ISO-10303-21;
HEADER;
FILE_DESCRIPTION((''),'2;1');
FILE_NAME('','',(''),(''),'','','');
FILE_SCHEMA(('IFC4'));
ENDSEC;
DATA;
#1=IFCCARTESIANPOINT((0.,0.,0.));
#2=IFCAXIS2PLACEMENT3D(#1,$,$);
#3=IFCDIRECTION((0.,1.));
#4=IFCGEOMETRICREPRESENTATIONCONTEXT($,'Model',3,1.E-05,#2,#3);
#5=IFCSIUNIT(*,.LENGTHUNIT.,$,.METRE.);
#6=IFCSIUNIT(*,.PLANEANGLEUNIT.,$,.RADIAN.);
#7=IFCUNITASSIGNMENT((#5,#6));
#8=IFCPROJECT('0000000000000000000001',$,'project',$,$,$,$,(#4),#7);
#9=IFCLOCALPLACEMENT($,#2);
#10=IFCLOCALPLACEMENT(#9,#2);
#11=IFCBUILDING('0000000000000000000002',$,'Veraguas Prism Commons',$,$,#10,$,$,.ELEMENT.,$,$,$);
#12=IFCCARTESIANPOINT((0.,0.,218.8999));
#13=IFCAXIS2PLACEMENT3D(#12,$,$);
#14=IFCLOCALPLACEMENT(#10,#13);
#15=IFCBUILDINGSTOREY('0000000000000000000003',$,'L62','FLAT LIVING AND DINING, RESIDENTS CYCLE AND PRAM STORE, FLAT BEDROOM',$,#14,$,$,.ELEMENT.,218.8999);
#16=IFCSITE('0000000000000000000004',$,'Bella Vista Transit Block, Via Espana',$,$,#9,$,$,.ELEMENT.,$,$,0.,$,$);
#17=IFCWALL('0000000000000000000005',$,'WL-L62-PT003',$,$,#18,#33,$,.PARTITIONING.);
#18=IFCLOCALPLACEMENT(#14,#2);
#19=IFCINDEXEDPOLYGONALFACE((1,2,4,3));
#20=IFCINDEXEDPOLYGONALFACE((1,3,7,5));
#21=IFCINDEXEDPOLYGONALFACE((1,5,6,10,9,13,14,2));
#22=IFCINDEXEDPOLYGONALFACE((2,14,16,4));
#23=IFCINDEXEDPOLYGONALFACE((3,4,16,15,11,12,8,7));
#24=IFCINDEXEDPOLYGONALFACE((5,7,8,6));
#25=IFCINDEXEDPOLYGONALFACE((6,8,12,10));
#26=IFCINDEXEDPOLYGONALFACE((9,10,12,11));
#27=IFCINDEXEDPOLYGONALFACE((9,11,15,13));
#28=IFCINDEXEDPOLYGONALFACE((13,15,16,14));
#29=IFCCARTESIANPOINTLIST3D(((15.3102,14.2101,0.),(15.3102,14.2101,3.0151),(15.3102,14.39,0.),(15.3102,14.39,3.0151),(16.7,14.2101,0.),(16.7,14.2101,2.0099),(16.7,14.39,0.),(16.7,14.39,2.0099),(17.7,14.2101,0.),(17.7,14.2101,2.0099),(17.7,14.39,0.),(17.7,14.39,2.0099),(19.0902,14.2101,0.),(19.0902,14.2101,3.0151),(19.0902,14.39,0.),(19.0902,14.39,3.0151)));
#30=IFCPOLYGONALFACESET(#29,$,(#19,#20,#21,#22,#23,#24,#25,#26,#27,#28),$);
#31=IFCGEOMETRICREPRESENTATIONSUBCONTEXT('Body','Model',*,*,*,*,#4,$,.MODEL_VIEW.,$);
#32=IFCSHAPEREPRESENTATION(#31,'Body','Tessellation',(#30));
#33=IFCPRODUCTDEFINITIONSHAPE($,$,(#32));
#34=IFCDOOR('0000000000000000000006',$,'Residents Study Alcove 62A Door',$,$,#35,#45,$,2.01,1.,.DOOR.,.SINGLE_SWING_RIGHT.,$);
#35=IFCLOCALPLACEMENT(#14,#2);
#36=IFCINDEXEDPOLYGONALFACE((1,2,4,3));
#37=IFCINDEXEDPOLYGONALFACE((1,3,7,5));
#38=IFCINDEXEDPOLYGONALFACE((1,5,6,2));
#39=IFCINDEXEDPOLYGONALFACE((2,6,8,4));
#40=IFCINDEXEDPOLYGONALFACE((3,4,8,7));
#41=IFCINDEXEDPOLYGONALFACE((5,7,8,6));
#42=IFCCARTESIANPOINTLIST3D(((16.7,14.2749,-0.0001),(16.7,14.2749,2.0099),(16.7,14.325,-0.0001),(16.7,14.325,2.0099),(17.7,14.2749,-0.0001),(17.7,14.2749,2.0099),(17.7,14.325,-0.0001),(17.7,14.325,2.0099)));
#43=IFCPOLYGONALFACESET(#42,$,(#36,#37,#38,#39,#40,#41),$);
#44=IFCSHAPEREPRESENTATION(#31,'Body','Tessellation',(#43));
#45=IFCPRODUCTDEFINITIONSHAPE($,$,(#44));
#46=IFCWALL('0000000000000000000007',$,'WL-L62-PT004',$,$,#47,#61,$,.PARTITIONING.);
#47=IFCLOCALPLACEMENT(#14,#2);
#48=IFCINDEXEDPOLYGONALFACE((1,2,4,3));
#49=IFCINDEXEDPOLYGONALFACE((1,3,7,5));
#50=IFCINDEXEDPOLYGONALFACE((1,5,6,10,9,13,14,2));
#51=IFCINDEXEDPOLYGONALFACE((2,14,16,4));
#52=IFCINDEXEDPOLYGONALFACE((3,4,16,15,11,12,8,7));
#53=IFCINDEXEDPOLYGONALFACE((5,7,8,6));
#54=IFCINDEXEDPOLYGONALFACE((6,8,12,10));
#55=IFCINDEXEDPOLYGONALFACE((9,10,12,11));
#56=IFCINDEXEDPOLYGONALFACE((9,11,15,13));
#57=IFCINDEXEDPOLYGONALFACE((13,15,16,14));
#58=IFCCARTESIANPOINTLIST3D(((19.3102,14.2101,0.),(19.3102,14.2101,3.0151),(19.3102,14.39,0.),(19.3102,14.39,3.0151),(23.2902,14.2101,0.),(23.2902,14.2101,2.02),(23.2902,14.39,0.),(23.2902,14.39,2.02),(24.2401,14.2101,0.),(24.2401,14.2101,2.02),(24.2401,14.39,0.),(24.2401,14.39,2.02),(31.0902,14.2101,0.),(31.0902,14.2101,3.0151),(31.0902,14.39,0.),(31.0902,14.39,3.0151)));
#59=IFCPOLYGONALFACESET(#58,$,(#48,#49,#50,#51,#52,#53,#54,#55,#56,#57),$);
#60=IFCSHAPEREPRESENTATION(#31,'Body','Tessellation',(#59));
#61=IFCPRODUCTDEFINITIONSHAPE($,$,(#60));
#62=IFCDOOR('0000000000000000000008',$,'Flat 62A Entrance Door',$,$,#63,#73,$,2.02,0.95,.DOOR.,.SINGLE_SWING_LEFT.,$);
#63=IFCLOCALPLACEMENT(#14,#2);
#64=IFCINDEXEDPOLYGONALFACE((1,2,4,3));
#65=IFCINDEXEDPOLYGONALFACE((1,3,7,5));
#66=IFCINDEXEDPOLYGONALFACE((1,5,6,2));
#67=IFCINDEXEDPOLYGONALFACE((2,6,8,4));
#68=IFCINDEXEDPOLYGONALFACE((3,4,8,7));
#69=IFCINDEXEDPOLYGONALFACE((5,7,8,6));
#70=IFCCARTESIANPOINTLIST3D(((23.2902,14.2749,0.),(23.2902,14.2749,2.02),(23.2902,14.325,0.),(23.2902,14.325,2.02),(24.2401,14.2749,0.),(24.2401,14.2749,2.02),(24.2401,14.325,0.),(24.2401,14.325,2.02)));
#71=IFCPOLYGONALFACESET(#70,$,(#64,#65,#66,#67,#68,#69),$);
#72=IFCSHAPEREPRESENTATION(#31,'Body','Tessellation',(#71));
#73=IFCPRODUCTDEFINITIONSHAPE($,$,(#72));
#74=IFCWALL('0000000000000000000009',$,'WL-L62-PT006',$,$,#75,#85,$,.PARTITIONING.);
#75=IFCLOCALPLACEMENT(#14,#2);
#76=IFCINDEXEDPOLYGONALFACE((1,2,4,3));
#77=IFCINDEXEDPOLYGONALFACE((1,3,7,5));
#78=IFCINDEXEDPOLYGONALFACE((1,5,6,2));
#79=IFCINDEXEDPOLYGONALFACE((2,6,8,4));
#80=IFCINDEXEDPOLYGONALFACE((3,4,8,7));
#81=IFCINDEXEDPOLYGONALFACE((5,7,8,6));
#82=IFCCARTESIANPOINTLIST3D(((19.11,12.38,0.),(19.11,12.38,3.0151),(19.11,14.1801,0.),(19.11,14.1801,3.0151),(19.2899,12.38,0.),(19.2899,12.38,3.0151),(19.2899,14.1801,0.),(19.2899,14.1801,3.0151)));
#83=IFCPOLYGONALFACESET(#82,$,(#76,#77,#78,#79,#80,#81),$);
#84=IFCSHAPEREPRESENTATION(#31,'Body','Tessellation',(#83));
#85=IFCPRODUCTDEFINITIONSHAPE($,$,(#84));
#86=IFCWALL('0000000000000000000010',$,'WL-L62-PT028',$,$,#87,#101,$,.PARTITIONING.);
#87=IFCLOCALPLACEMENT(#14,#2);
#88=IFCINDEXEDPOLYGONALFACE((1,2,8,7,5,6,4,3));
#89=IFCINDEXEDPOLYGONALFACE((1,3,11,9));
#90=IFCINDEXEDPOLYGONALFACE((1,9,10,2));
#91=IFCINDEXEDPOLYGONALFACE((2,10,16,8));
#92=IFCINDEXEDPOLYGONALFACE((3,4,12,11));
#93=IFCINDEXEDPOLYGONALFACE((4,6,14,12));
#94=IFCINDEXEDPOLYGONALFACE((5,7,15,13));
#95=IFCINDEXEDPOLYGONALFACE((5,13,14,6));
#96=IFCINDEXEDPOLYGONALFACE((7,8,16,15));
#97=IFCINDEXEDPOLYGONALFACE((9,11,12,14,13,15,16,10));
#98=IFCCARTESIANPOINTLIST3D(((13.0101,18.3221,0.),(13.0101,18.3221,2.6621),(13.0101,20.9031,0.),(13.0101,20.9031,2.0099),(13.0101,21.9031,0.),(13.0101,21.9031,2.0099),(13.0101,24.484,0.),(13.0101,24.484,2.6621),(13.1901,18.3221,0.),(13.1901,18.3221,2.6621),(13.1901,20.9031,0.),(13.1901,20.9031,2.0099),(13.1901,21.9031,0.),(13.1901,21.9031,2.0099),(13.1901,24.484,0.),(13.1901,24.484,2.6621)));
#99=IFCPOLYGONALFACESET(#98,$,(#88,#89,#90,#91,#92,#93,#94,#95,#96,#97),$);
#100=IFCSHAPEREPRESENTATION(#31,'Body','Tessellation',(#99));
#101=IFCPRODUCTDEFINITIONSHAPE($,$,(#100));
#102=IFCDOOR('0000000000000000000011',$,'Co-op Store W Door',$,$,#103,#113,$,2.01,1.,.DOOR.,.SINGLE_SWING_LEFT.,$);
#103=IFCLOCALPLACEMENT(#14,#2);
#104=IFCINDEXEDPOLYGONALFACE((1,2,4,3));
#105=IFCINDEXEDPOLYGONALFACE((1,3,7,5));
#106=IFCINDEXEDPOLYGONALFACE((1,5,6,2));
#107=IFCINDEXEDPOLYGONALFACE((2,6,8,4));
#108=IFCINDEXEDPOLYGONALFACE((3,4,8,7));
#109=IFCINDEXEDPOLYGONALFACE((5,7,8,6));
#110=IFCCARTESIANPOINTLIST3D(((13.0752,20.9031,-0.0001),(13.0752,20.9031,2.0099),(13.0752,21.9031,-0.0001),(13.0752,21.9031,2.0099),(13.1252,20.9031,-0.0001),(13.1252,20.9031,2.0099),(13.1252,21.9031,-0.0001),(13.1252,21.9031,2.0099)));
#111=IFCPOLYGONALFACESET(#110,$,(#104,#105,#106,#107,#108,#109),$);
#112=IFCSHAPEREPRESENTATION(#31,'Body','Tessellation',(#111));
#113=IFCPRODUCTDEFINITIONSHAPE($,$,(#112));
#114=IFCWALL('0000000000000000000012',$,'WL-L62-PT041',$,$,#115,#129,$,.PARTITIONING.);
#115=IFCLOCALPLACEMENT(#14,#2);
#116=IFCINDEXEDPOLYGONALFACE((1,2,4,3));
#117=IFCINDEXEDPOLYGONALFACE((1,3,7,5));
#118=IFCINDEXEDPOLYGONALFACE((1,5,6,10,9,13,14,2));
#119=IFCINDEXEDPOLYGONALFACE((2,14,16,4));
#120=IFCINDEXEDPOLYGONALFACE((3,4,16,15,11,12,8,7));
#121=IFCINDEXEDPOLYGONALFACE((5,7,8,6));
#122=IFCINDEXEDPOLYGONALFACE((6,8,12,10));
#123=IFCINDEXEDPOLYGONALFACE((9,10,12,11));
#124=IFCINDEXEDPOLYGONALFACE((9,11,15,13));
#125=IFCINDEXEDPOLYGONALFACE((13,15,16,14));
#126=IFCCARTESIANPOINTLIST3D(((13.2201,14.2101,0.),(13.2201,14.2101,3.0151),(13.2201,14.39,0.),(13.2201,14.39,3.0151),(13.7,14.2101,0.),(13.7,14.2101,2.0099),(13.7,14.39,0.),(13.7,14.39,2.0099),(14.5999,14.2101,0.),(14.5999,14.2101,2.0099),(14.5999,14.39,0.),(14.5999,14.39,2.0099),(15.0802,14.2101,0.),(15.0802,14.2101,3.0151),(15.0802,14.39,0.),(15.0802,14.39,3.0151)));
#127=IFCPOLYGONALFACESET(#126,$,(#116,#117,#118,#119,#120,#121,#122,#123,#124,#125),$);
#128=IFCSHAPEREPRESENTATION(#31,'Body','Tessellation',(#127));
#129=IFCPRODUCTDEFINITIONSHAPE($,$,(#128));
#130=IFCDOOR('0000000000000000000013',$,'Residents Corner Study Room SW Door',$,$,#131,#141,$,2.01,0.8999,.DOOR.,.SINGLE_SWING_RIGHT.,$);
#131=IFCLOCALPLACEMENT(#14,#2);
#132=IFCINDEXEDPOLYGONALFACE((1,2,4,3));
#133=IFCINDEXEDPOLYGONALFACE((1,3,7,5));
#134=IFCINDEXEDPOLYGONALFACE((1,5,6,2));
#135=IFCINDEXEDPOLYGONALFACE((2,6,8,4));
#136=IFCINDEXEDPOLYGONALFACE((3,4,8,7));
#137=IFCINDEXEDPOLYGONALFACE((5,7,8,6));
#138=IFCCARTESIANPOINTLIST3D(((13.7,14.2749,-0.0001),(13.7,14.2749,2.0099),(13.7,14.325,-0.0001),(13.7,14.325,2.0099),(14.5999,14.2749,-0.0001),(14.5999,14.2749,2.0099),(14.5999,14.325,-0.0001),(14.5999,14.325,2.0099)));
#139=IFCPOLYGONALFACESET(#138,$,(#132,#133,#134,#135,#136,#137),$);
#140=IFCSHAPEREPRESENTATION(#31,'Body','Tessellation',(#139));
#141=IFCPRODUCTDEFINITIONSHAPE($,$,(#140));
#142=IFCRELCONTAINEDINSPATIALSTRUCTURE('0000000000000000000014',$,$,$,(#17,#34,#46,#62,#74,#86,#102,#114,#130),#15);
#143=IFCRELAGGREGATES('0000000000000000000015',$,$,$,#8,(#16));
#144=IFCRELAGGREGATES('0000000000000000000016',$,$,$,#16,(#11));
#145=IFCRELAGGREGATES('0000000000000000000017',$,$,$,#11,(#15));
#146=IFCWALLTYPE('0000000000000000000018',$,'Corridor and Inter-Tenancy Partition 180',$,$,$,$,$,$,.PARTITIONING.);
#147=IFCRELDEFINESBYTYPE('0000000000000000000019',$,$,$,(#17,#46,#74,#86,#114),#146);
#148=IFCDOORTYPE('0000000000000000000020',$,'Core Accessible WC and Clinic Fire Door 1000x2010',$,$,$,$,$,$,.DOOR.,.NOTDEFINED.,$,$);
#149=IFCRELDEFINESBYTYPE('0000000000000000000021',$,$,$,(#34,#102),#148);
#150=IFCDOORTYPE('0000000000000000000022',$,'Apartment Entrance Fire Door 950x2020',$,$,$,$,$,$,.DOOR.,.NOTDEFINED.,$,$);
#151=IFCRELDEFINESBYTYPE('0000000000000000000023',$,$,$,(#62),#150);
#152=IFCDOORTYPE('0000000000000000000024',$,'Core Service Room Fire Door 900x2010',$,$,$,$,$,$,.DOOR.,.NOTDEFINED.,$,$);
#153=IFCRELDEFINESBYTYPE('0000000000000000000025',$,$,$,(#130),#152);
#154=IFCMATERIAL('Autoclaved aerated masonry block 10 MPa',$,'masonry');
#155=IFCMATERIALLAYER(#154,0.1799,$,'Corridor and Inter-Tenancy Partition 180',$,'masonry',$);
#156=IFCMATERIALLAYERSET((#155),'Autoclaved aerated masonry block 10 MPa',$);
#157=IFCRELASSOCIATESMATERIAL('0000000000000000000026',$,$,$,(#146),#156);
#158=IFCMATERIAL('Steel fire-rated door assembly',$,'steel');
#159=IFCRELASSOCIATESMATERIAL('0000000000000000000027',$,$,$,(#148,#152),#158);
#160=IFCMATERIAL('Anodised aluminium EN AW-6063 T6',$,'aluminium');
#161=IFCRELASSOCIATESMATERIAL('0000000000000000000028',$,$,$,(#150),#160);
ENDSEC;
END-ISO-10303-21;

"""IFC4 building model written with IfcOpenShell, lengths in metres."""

from ifc_helpers import new_model, si_unit, direction, frame, frame_2d, origin, place, context, subcontext, project, spatial, rectangle, extrude, source, transform, mapped, material, layer, layer_set, type_object, element, fill, save


model = new_model("IFC4")

# Units and contexts
model_context = context("Model", 3, precision=1e-05, world=origin(), true_north=direction((0.0, 1.0)))
body_context = subcontext(model_context, "Body", "Model", "MODEL_VIEW")
ifc_project = project(units=[si_unit("LENGTHUNIT", "METRE"), si_unit("PLANEANGLEUNIT", "RADIAN")], contexts=[model_context])

# Site, building, storey
site_placement = place(None, origin())
site = spatial("IfcSite", under=ifc_project, at=site_placement, Name="Bella Vista Transit Block, Via Espana", CompositionType="ELEMENT", RefElevation=0.0)
building_placement = place(site_placement, origin())
building = spatial("IfcBuilding", under=site, at=building_placement, Name="Veraguas Prism Commons", CompositionType="ELEMENT")
storey_placement = place(building_placement, frame((0.0, 0.0, 218.8999)))
storey = spatial("IfcBuildingStorey", under=building, at=storey_placement, Name="L62", Description="FLAT LIVING AND DINING, RESIDENTS CYCLE AND PRAM STORE, FLAT BEDROOM", CompositionType="ELEMENT", Elevation=218.8999)

# Shared definitions
ifc_material_1 = material(Name="Steel fire-rated door assembly", Category="steel")

# Shared definitions
ifc_material_2 = material(Name="Autoclaved aerated masonry block 10 MPa", Category="masonry")
ifc_layer_1 = layer(ifc_material_2, 0.1799, Name="Corridor and Inter-Tenancy Partition 180", Category="masonry")
ifc_layer_set_1 = layer_set([ifc_layer_1], Name="Autoclaved aerated masonry block 10 MPa")
wall_type_1 = type_object("IfcWallType", Name="Corridor and Inter-Tenancy Partition 180", PredefinedType="PARTITIONING", material=ifc_layer_set_1)

# Walls, openings, doors
wall_1_placement = place(storey_placement, frame((15.3101, 14.3, 0.0), z_axis=(0.0, 0.0, 1.0), x_axis=(1.0, 0.0, 0.0)))
wall_1 = element("IfcWall", 1, at=wall_1_placement, inside=storey, type_object=wall_type_1, Name="WL-L62-PT003", PredefinedType="PARTITIONING", context=body_context, shape_type="SweptSolid", body=[
    extrude(rectangle(XDim=3.78, YDim=0.1799, at=frame_2d((1.8901, 0.0))), origin(), (0.0, 0.0, 1.0), 3.0151),
])
opening_1_placement = place(wall_1_placement, frame((1.3899, 0.0, 0.0)))
opening_1 = element("IfcOpeningElement", 2, at=opening_1_placement, cuts=wall_1, PredefinedType="OPENING", context=body_context, shape_type="SweptSolid", body=[
    extrude(rectangle(XDim=1.0, YDim=2.01, at=frame_2d((0.5, 1.0049))), frame((0.0, 0.0999, 0.0), z_axis=(0.0, -1.0, 0.0), x_axis=(1.0, 0.0, 0.0)), (0.0, 0.0, 1.0), 0.2),
])
door_type_1 = type_object("IfcDoorType", Name="Core Accessible WC and Clinic Fire Door 1000x2010", OperationType="NOTDEFINED", PredefinedType="DOOR", material=ifc_material_1)
shared_shape_1 = source(origin(), body_context, "Body", "SweptSolid", [
    extrude(rectangle(XDim=1.0, YDim=2.01, at=frame_2d((0.5, 1.0049))), frame((0.0, 0.0249, 0.0), z_axis=(0.0, -1.0, 0.0), x_axis=(1.0, 0.0, 0.0)), (0.0, 0.0, 1.0), 0.05),
])
door_1_placement = place(opening_1_placement, origin())
door_1 = element("IfcDoor", 3, at=door_1_placement, inside=storey, type_object=door_type_1, Name="Residents Study Alcove 62A Door", OperationType="SINGLE_SWING_RIGHT", OverallHeight=2.01, OverallWidth=1.0, PredefinedType="DOOR", context=body_context, shape_type="MappedRepresentation", body=[
    mapped(shared_shape_1, transform((0.0, 0.0, 0.0), scale=1.0)),
])
fill(opening_1, door_1)
wall_2_placement = place(storey_placement, frame((19.3101, 14.3, 0.0), z_axis=(0.0, 0.0, 1.0), x_axis=(1.0, 0.0, 0.0)))
wall_2 = element("IfcWall", 4, at=wall_2_placement, inside=storey, type_object=wall_type_1, Name="WL-L62-PT004", PredefinedType="PARTITIONING", context=body_context, shape_type="SweptSolid", body=[
    extrude(rectangle(XDim=11.78, YDim=0.1799, at=frame_2d((5.8901, 0.0))), origin(), (0.0, 0.0, 1.0), 3.0151),
])
opening_2_placement = place(wall_2_placement, frame((3.98, 0.0, 0.0)))
opening_2 = element("IfcOpeningElement", 5, at=opening_2_placement, cuts=wall_2, PredefinedType="OPENING", context=body_context, shape_type="SweptSolid", body=[
    extrude(rectangle(XDim=0.95, YDim=2.02, at=frame_2d((0.4751, 1.01))), frame((0.0, 0.0999, 0.0), z_axis=(0.0, -1.0, 0.0), x_axis=(1.0, 0.0, 0.0)), (0.0, 0.0, 1.0), 0.2),
])
ifc_material_3 = material(Name="Anodised aluminium EN AW-6063 T6", Category="aluminium")
door_type_2 = type_object("IfcDoorType", Name="Apartment Entrance Fire Door 950x2020", OperationType="NOTDEFINED", PredefinedType="DOOR", material=ifc_material_3)
shared_shape_2 = source(origin(), body_context, "Body", "SweptSolid", [
    extrude(rectangle(XDim=0.95, YDim=2.02, at=frame_2d((0.4751, 1.01))), frame((0.0, 0.0249, 0.0), z_axis=(0.0, -1.0, 0.0), x_axis=(1.0, 0.0, 0.0)), (0.0, 0.0, 1.0), 0.05),
])
door_2_placement = place(opening_2_placement, origin())
door_2 = element("IfcDoor", 6, at=door_2_placement, inside=storey, type_object=door_type_2, Name="Flat 62A Entrance Door", OperationType="SINGLE_SWING_LEFT", OverallHeight=2.02, OverallWidth=0.95, PredefinedType="DOOR", context=body_context, shape_type="MappedRepresentation", body=[
    mapped(shared_shape_2, transform((0.0, 0.0, 0.0), scale=1.0)),
])
fill(opening_2, door_2)

# Wall
wall_3_placement = place(storey_placement, frame((19.2, 14.1799, 0.0), z_axis=(0.0, 0.0, 1.0), x_axis=(0.0, -1.0, 0.0)))
element("IfcWall", 7, at=wall_3_placement, inside=storey, type_object=wall_type_1, Name="WL-L62-PT006", PredefinedType="PARTITIONING", context=body_context, shape_type="SweptSolid", body=[
    extrude(rectangle(XDim=1.8, YDim=0.1799, at=frame_2d((0.8999, 0.0))), origin(), (0.0, 0.0, 1.0), 3.0151),
])

# Walls, openings, doors
wall_4_placement = place(storey_placement, frame((13.1001, 18.322, 0.0), z_axis=(0.0, 0.0, 1.0), x_axis=(0.0, 1.0, 0.0)))
wall_4 = element("IfcWall", 8, at=wall_4_placement, inside=storey, type_object=wall_type_1, Name="WL-L62-PT028", PredefinedType="PARTITIONING", context=body_context, shape_type="SweptSolid", body=[
    extrude(rectangle(XDim=6.1619, YDim=0.1799, at=frame_2d((3.0811, 0.0))), origin(), (0.0, 0.0, 1.0), 2.6621),
])
opening_3_placement = place(wall_4_placement, frame((2.5811, 0.0, 0.0)))
opening_3 = element("IfcOpeningElement", 9, at=opening_3_placement, cuts=wall_4, PredefinedType="OPENING", context=body_context, shape_type="SweptSolid", body=[
    extrude(rectangle(XDim=1.0, YDim=2.01, at=frame_2d((0.5, 1.0049))), frame((0.0, 0.0999, 0.0), z_axis=(0.0, -1.0, 0.0), x_axis=(1.0, 0.0, 0.0)), (0.0, 0.0, 1.0), 0.2),
])
door_3_placement = place(opening_3_placement, origin())
door_3 = element("IfcDoor", 10, at=door_3_placement, inside=storey, type_object=door_type_1, Name="Co-op Store W Door", OperationType="SINGLE_SWING_LEFT", OverallHeight=2.01, OverallWidth=1.0, PredefinedType="DOOR", context=body_context, shape_type="MappedRepresentation", body=[
    mapped(shared_shape_1, transform((0.0, 0.0, 0.0), scale=1.0)),
])
fill(opening_3, door_3)
wall_5_placement = place(storey_placement, frame((13.22, 14.3, 0.0), z_axis=(0.0, 0.0, 1.0), x_axis=(1.0, 0.0, 0.0)))
wall_5 = element("IfcWall", 11, at=wall_5_placement, inside=storey, type_object=wall_type_1, Name="WL-L62-PT041", PredefinedType="PARTITIONING", context=body_context, shape_type="SweptSolid", body=[
    extrude(rectangle(XDim=1.8601, YDim=0.1799, at=frame_2d((0.9302, 0.0))), origin(), (0.0, 0.0, 1.0), 3.0151),
])
opening_4_placement = place(wall_5_placement, frame((0.48, 0.0, 0.0)))
opening_4 = element("IfcOpeningElement", 12, at=opening_4_placement, cuts=wall_5, PredefinedType="OPENING", context=body_context, shape_type="SweptSolid", body=[
    extrude(rectangle(XDim=0.8999, YDim=2.01, at=frame_2d((0.45, 1.0049))), frame((0.0, 0.0999, 0.0), z_axis=(0.0, -1.0, 0.0), x_axis=(1.0, 0.0, 0.0)), (0.0, 0.0, 1.0), 0.2),
])
door_type_3 = type_object("IfcDoorType", Name="Core Service Room Fire Door 900x2010", OperationType="NOTDEFINED", PredefinedType="DOOR", material=ifc_material_1)
shared_shape_3 = source(origin(), body_context, "Body", "SweptSolid", [
    extrude(rectangle(XDim=0.8999, YDim=2.01, at=frame_2d((0.45, 1.0049))), frame((0.0, 0.0249, 0.0), z_axis=(0.0, -1.0, 0.0), x_axis=(1.0, 0.0, 0.0)), (0.0, 0.0, 1.0), 0.05),
])
door_4_placement = place(opening_4_placement, origin())
door_4 = element("IfcDoor", 13, at=door_4_placement, inside=storey, type_object=door_type_3, Name="Residents Corner Study Room SW Door", OperationType="SINGLE_SWING_RIGHT", OverallHeight=2.01, OverallWidth=0.8999, PredefinedType="DOOR", context=body_context, shape_type="MappedRepresentation", body=[
    mapped(shared_shape_3, transform((0.0, 0.0, 0.0), scale=1.0)),
])
fill(opening_4, door_4)

save(model, "model.ifc")
